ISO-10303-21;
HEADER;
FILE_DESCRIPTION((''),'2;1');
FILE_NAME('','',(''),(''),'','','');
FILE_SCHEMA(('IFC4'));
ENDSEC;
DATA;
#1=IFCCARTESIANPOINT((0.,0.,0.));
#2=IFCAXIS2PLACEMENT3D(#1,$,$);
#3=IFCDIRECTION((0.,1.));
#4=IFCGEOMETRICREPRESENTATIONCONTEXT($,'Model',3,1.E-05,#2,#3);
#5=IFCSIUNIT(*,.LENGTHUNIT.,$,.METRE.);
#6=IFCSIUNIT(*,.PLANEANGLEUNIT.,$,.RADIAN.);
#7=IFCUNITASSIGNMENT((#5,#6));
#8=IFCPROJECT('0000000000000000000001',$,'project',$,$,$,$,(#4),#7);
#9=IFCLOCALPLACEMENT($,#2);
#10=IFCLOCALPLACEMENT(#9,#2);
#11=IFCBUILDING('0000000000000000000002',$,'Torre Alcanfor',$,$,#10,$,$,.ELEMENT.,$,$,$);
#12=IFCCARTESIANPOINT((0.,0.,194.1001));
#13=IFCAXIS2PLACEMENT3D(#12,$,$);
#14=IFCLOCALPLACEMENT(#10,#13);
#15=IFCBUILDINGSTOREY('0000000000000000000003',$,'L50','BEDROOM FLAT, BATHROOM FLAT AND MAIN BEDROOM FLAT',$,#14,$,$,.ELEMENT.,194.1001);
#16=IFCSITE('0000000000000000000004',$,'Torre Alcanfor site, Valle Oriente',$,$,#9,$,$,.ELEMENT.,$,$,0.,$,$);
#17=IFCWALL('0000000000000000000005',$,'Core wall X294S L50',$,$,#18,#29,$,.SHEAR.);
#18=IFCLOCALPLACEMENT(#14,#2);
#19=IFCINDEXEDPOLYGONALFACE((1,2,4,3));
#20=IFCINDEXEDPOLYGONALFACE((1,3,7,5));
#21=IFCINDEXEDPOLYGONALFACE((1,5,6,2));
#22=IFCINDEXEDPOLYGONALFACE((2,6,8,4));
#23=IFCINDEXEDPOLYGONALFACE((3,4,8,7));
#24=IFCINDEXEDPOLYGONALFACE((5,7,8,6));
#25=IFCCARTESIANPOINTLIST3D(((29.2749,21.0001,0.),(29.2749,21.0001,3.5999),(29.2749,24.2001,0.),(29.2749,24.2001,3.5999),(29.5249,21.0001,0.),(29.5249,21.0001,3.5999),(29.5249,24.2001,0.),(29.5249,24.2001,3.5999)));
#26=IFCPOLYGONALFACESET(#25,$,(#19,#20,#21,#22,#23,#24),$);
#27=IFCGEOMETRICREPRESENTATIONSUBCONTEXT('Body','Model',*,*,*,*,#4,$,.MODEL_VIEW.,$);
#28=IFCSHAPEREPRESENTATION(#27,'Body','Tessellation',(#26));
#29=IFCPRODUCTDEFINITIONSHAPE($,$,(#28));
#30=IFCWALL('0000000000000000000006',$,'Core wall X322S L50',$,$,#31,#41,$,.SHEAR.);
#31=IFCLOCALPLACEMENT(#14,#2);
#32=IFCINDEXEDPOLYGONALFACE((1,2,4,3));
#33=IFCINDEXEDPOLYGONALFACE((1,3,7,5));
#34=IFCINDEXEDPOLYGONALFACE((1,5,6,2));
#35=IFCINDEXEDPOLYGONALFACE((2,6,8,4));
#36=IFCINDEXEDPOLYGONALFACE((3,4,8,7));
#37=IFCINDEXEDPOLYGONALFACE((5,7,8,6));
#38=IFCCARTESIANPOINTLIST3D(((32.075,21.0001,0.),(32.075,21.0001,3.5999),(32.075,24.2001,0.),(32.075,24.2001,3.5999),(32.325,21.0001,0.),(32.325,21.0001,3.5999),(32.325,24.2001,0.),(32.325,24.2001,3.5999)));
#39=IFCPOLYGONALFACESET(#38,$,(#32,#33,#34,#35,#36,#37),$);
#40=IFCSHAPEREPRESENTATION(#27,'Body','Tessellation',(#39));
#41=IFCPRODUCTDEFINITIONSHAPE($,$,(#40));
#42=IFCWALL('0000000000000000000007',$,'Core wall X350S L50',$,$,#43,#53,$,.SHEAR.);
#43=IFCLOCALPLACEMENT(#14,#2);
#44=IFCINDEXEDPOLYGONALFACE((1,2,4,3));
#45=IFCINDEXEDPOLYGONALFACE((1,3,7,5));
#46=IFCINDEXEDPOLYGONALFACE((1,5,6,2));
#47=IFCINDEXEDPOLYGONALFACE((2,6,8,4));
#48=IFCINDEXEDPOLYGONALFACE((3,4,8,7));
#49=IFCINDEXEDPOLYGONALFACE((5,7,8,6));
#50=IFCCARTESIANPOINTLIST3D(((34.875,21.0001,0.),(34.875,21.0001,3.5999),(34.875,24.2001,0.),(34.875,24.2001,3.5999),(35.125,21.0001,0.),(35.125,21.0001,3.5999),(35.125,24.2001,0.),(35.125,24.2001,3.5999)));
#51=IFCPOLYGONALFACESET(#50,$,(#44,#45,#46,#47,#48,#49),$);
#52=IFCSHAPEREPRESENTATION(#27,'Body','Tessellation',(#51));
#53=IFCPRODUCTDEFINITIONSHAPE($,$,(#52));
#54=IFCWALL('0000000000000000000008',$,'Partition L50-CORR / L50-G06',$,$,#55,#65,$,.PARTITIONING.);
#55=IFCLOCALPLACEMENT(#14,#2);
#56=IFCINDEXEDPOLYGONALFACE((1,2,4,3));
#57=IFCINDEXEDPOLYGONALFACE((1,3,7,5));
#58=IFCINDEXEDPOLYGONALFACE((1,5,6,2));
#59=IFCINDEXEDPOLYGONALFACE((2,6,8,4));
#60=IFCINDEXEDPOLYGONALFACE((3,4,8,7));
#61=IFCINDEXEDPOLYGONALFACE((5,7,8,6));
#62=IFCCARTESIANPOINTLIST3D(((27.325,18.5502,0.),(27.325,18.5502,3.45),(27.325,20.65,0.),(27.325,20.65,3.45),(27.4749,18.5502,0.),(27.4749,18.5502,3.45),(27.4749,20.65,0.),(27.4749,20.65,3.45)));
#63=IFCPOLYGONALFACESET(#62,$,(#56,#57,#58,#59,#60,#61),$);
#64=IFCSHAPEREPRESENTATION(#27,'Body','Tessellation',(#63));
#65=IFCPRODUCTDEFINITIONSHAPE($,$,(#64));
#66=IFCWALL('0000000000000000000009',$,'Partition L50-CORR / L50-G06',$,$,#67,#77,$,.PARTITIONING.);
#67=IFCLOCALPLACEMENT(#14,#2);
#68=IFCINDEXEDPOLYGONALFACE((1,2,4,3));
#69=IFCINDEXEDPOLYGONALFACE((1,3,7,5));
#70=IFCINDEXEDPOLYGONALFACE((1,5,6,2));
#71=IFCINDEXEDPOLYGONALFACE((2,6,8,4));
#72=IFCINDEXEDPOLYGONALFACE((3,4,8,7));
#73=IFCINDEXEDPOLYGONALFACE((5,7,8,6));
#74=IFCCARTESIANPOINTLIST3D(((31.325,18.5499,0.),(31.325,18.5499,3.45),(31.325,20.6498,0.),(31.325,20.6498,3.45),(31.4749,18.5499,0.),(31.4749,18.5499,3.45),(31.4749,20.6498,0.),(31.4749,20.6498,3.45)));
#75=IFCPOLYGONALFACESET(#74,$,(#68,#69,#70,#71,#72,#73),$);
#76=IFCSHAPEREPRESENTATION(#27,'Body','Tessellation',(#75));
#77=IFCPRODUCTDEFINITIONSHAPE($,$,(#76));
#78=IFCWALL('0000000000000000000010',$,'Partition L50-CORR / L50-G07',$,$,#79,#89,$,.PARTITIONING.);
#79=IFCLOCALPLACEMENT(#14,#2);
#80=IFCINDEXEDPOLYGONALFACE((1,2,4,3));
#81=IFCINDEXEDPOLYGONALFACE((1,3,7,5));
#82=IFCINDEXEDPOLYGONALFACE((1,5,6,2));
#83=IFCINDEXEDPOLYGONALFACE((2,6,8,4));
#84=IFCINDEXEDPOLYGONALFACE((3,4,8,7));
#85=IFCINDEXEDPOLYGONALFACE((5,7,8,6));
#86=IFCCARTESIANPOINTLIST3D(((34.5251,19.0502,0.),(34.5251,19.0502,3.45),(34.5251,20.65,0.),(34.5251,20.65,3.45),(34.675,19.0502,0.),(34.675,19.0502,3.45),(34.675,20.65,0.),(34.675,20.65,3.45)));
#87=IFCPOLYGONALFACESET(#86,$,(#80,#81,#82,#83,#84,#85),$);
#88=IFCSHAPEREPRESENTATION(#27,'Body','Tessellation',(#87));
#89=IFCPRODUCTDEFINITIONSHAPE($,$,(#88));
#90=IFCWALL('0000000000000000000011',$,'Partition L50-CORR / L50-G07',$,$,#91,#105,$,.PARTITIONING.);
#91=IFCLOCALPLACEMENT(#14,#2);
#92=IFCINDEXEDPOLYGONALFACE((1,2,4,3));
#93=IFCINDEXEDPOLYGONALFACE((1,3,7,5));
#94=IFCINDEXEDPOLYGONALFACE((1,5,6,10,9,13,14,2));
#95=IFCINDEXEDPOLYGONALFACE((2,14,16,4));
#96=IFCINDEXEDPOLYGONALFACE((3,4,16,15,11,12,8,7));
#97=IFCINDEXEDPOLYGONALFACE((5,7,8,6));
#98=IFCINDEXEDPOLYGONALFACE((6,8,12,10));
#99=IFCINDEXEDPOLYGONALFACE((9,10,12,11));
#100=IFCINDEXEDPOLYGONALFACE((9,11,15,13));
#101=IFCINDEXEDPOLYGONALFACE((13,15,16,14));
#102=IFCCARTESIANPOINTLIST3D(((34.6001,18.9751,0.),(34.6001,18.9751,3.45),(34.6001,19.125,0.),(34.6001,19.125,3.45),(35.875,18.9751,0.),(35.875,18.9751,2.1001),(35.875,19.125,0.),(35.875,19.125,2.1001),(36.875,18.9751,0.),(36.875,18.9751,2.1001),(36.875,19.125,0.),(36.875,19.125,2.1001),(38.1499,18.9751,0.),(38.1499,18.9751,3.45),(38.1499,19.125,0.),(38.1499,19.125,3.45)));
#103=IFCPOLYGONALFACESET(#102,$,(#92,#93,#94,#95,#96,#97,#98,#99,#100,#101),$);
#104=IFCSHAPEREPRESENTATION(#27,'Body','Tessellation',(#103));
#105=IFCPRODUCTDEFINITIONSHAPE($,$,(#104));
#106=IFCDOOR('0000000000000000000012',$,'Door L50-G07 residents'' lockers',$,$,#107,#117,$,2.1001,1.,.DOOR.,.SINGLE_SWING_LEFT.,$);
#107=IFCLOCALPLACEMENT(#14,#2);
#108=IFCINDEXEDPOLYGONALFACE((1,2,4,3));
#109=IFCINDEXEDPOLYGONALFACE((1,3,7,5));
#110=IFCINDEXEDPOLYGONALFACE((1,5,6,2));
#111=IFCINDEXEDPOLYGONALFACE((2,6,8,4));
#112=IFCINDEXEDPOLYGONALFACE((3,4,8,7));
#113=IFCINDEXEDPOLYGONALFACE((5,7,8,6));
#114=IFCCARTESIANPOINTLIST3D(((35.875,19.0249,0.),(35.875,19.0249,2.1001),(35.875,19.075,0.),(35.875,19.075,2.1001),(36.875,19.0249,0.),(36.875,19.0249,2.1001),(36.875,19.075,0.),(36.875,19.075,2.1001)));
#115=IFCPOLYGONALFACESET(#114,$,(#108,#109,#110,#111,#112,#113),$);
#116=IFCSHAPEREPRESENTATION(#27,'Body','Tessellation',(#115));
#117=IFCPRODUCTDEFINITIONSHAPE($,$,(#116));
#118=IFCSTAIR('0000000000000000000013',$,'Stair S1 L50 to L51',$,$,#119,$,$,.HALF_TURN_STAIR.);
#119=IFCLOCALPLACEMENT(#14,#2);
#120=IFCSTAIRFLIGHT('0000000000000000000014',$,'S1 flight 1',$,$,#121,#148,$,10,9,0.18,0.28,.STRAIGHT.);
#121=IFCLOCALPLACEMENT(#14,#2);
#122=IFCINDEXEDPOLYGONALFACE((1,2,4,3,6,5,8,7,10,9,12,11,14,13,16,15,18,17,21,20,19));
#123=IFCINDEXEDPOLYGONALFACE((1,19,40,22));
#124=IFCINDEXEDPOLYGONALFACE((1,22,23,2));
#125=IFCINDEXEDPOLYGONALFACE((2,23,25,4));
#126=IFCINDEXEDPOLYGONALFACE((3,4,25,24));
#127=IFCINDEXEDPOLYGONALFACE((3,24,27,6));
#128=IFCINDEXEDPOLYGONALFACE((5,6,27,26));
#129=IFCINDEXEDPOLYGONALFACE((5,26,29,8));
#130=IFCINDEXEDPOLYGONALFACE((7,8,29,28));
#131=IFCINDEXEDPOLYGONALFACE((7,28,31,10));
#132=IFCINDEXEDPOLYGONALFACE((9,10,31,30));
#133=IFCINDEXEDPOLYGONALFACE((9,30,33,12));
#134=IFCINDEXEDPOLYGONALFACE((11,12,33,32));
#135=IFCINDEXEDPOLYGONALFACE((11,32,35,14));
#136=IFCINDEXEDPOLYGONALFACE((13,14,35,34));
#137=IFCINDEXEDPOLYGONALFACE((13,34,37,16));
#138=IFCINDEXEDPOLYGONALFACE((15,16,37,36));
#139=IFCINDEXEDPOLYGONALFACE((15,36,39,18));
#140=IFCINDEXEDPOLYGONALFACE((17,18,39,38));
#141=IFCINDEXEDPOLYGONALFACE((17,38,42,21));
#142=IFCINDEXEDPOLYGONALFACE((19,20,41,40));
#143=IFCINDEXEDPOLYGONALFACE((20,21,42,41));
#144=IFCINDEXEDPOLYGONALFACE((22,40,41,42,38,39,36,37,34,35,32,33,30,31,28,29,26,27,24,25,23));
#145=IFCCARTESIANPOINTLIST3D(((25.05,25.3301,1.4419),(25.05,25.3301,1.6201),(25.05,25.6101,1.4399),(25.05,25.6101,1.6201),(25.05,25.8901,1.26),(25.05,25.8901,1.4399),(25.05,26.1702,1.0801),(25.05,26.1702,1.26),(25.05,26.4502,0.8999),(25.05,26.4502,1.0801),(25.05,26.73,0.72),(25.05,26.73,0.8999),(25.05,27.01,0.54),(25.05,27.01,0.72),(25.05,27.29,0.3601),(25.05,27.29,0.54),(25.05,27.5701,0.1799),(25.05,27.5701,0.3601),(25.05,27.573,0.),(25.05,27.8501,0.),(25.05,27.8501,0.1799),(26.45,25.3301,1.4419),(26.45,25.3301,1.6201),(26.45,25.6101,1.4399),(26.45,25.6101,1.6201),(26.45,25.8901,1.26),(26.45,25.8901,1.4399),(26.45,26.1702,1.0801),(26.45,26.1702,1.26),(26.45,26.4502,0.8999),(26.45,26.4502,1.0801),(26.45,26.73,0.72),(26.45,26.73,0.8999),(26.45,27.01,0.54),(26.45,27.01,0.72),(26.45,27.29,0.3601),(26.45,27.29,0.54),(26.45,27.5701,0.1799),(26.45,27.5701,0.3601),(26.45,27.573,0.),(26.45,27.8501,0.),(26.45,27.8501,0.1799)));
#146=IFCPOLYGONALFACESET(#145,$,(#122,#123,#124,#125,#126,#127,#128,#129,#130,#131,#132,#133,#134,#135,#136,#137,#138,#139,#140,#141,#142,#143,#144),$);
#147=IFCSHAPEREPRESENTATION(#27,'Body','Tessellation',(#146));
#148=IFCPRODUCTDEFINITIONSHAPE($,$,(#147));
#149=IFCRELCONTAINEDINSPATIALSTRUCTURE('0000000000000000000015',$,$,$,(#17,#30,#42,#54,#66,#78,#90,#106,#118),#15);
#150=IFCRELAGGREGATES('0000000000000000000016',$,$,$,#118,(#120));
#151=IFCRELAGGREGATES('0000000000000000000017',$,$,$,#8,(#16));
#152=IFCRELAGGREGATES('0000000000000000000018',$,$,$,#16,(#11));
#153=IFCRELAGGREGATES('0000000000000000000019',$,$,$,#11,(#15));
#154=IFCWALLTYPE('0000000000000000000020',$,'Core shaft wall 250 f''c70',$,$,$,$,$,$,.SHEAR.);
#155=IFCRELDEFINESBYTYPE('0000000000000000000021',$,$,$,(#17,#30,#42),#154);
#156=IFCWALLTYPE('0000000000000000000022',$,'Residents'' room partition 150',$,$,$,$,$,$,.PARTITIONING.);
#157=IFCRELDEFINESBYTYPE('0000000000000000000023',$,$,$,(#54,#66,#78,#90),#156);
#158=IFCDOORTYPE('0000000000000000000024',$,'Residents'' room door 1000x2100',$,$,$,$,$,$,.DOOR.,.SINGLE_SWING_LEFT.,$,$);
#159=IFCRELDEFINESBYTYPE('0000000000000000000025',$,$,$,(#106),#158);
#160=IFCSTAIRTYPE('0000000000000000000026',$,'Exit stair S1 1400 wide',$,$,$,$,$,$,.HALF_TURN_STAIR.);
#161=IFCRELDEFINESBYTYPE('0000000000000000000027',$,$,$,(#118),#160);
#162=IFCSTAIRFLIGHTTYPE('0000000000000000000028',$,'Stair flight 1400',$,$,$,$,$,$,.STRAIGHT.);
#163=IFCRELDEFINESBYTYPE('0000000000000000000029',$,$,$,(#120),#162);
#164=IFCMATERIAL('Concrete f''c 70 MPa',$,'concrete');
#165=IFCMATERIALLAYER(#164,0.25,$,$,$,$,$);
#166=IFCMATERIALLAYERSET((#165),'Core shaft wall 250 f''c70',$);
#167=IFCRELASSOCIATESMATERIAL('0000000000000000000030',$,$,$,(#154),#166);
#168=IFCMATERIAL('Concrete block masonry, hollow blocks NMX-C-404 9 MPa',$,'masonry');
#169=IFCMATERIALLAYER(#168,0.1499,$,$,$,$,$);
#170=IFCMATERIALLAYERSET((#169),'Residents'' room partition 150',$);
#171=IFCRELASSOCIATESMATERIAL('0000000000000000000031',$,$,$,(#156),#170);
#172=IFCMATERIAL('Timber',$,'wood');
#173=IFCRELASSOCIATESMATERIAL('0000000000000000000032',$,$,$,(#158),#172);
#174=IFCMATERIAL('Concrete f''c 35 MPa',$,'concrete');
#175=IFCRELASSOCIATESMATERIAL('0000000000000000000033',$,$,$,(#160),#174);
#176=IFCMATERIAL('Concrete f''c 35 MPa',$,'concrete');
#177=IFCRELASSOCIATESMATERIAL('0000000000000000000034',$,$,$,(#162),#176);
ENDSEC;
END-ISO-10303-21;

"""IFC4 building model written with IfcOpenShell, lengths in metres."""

from ifc_helpers import new_model, si_unit, direction, frame, frame_2d, origin, place, context, subcontext, project, spatial, polyline, rectangle, outline, extrude, material, layer, layer_set, type_object, element, fill, aggregate, save


model = new_model("IFC4")

# Units and contexts
model_context = context("Model", 3, precision=1e-05, world=origin(), true_north=direction((0.0, 1.0)))
body_context = subcontext(model_context, "Body", "Model", "MODEL_VIEW")
ifc_project = project(units=[si_unit("LENGTHUNIT", "METRE"), si_unit("PLANEANGLEUNIT", "RADIAN")], contexts=[model_context])

# Site, building, storey
site_placement = place(None, origin())
site = spatial("IfcSite", under=ifc_project, at=site_placement, Name="Torre Alcanfor site, Valle Oriente", CompositionType="ELEMENT", RefElevation=0.0)
building_placement = place(site_placement, origin())
building = spatial("IfcBuilding", under=site, at=building_placement, Name="Torre Alcanfor", CompositionType="ELEMENT")
storey_placement = place(building_placement, frame((0.0, 0.0, 194.1001)))
storey = spatial("IfcBuildingStorey", under=building, at=storey_placement, Name="L50", Description="BEDROOM FLAT, BATHROOM FLAT AND MAIN BEDROOM FLAT", CompositionType="ELEMENT", Elevation=194.1001)

# Walls
ifc_material_1 = material(Name="Concrete f'c 70 MPa", Category="concrete")
ifc_layer_1 = layer(ifc_material_1, 0.25)
ifc_layer_set_1 = layer_set([ifc_layer_1], Name="Core shaft wall 250 f'c70")
wall_type_1 = type_object("IfcWallType", Name="Core shaft wall 250 f'c70", PredefinedType="SHEAR", material=ifc_layer_set_1)
for number, where, z_axis, x_axis, name in (
    (1, (29.3999, 21.0, 0.0), (0.0, 0.0, 1.0), (0.0, 1.0, 0.0), "Core wall X294S L50"),
    (2, (32.2, 21.0, 0.0), (0.0, 0.0, 1.0), (0.0, 1.0, 0.0), "Core wall X322S L50"),
    (3, (35.0, 21.0, 0.0), (0.0, 0.0, 1.0), (0.0, 1.0, 0.0), "Core wall X350S L50"),
):
    element("IfcWall", number, at=place(storey_placement, frame(where, z_axis=z_axis, x_axis=x_axis)), inside=storey, type_object=wall_type_1, Name=name, PredefinedType="SHEAR", context=body_context, shape_type="SweptSolid", body=[
        extrude(rectangle(XDim=3.2, YDim=0.25, at=frame_2d((1.6001, 0.0))), origin(), (0.0, 0.0, 1.0), 3.5999),
    ])
ifc_material_2 = material(Name="Concrete block masonry, hollow blocks NMX-C-404 9 MPa", Category="masonry")
ifc_layer_2 = layer(ifc_material_2, 0.1499)
ifc_layer_set_2 = layer_set([ifc_layer_2], Name="Residents' room partition 150")
wall_type_2 = type_object("IfcWallType", Name="Residents' room partition 150", PredefinedType="PARTITIONING", material=ifc_layer_set_2)
for number, where, z_axis, x_axis, name in (
    (4, (27.3999, 20.6499, 0.0), (0.0, 0.0, 1.0), (0.0, -1.0, 0.0), "Partition L50-CORR / L50-G06"),
    (5, (31.3999, 18.55, 0.0), (0.0, 0.0, 1.0), (0.0, 1.0, 0.0), "Partition L50-CORR / L50-G06"),
):
    element("IfcWall", number, at=place(storey_placement, frame(where, z_axis=z_axis, x_axis=x_axis)), inside=storey, type_object=wall_type_2, Name=name, PredefinedType="PARTITIONING", context=body_context, shape_type="SweptSolid", body=[
        extrude(rectangle(XDim=2.0999, YDim=0.1499, at=frame_2d((1.0498, 0.0))), origin(), (0.0, 0.0, 1.0), 3.45),
    ])
wall_1_placement = place(storey_placement, frame((34.6001, 20.6499, 0.0), z_axis=(0.0, 0.0, 1.0), x_axis=(0.0, -1.0, 0.0)))
element("IfcWall", 6, at=wall_1_placement, inside=storey, type_object=wall_type_2, Name="Partition L50-CORR / L50-G07", PredefinedType="PARTITIONING", context=body_context, shape_type="SweptSolid", body=[
    extrude(rectangle(XDim=1.5999, YDim=0.1499, at=frame_2d((0.7998, 0.0))), origin(), (0.0, 0.0, 1.0), 3.45),
])

# Wall, opening, door
wall_2_placement = place(storey_placement, frame((34.6001, 19.05, 0.0), z_axis=(0.0, 0.0, 1.0), x_axis=(1.0, 0.0, 0.0)))
wall_2 = element("IfcWall", 7, at=wall_2_placement, inside=storey, type_object=wall_type_2, Name="Partition L50-CORR / L50-G07", PredefinedType="PARTITIONING", context=body_context, shape_type="SweptSolid", body=[
    extrude(rectangle(XDim=3.5498, YDim=0.1499, at=frame_2d((1.7749, 0.0))), origin(), (0.0, 0.0, 1.0), 3.45),
])
opening_1_placement = place(wall_2_placement, frame((1.2749, 0.0, 0.0)))
opening_1 = element("IfcOpeningElement", 8, at=opening_1_placement, cuts=wall_2, PredefinedType="OPENING", context=body_context, shape_type="SweptSolid", body=[
    extrude(rectangle(XDim=1.0, YDim=2.1001, at=frame_2d((0.5, 1.05))), frame((0.0, 0.085, 0.0), z_axis=(0.0, -1.0, 0.0), x_axis=(1.0, 0.0, 0.0)), (0.0, 0.0, 1.0), 0.1699),
])
ifc_material_3 = material(Name="Timber", Category="wood")
door_type_1 = type_object("IfcDoorType", Name="Residents' room door 1000x2100", OperationType="SINGLE_SWING_LEFT", PredefinedType="DOOR", material=ifc_material_3)
door_1_placement = place(opening_1_placement, origin())
door_1 = element("IfcDoor", 9, at=door_1_placement, inside=storey, type_object=door_type_1, Name="Door L50-G07 residents' lockers", OperationType="SINGLE_SWING_LEFT", OverallHeight=2.1001, OverallWidth=1.0, PredefinedType="DOOR", context=body_context, shape_type="SweptSolid", body=[
    extrude(rectangle(XDim=1.0, YDim=2.1001, at=frame_2d((0.5, 1.05))), frame((0.0, 0.0249, 0.0), z_axis=(0.0, -1.0, 0.0), x_axis=(1.0, 0.0, 0.0)), (0.0, 0.0, 1.0), 0.05),
])
fill(opening_1, door_1)

# Stair, stair flight
ifc_material_4 = material(Name="Concrete f'c 35 MPa", Category="concrete")
stair_type = type_object("IfcStairType", Name="Exit stair S1 1400 wide", PredefinedType="HALF_TURN_STAIR", material=ifc_material_4)
stair_placement = place(storey_placement, origin())
stair = element("IfcStair", 10, at=stair_placement, inside=storey, type_object=stair_type, Name="Stair S1 L50 to L51", PredefinedType="HALF_TURN_STAIR")
ifc_material_5 = material(Name="Concrete f'c 35 MPa", Category="concrete")
stair_flight_type = type_object("IfcStairFlightType", Name="Stair flight 1400", PredefinedType="STRAIGHT", material=ifc_material_5)
stair_flight_placement = place(storey_placement, frame((25.75, 27.8501, 0.0), z_axis=(0.0, 0.0, 1.0), x_axis=(0.0, -1.0, 0.0)))
stair_flight = element("IfcStairFlight", 11, at=stair_flight_placement, type_object=stair_flight_type, Name="S1 flight 1", NumberOfRisers=10, NumberOfTreads=9, PredefinedType="STRAIGHT", RiserHeight=0.18, TreadLength=0.28, context=body_context, shape_type="SweptSolid", body=[
    extrude(outline(polyline([(0.0, 0.0), (0.0, 0.1799), (0.28, 0.1799), (0.28, 0.3601), (0.5601, 0.3601), (0.5601, 0.54), (0.8401, 0.54), (0.8401, 0.72), (1.1201, 0.72), (1.1201, 0.8999), (1.3999, 0.8999), (1.3999, 1.0801), (1.6799, 1.0801), (1.6799, 1.26), (1.96, 1.26), (1.96, 1.4399), (2.24, 1.4399), (2.24, 1.6201), (2.52, 1.6201), (2.52, 1.8), (2.52, 1.4419), (0.2771, 0.0), (0.0, 0.0)])), frame((0.0, 0.7, 0.0), z_axis=(0.0, -1.0, 0.0), x_axis=(1.0, 0.0, 0.0)), (0.0, 0.0, 1.0), 1.3999),
])
aggregate(stair, [stair_flight])

save(model, "model.ifc")
